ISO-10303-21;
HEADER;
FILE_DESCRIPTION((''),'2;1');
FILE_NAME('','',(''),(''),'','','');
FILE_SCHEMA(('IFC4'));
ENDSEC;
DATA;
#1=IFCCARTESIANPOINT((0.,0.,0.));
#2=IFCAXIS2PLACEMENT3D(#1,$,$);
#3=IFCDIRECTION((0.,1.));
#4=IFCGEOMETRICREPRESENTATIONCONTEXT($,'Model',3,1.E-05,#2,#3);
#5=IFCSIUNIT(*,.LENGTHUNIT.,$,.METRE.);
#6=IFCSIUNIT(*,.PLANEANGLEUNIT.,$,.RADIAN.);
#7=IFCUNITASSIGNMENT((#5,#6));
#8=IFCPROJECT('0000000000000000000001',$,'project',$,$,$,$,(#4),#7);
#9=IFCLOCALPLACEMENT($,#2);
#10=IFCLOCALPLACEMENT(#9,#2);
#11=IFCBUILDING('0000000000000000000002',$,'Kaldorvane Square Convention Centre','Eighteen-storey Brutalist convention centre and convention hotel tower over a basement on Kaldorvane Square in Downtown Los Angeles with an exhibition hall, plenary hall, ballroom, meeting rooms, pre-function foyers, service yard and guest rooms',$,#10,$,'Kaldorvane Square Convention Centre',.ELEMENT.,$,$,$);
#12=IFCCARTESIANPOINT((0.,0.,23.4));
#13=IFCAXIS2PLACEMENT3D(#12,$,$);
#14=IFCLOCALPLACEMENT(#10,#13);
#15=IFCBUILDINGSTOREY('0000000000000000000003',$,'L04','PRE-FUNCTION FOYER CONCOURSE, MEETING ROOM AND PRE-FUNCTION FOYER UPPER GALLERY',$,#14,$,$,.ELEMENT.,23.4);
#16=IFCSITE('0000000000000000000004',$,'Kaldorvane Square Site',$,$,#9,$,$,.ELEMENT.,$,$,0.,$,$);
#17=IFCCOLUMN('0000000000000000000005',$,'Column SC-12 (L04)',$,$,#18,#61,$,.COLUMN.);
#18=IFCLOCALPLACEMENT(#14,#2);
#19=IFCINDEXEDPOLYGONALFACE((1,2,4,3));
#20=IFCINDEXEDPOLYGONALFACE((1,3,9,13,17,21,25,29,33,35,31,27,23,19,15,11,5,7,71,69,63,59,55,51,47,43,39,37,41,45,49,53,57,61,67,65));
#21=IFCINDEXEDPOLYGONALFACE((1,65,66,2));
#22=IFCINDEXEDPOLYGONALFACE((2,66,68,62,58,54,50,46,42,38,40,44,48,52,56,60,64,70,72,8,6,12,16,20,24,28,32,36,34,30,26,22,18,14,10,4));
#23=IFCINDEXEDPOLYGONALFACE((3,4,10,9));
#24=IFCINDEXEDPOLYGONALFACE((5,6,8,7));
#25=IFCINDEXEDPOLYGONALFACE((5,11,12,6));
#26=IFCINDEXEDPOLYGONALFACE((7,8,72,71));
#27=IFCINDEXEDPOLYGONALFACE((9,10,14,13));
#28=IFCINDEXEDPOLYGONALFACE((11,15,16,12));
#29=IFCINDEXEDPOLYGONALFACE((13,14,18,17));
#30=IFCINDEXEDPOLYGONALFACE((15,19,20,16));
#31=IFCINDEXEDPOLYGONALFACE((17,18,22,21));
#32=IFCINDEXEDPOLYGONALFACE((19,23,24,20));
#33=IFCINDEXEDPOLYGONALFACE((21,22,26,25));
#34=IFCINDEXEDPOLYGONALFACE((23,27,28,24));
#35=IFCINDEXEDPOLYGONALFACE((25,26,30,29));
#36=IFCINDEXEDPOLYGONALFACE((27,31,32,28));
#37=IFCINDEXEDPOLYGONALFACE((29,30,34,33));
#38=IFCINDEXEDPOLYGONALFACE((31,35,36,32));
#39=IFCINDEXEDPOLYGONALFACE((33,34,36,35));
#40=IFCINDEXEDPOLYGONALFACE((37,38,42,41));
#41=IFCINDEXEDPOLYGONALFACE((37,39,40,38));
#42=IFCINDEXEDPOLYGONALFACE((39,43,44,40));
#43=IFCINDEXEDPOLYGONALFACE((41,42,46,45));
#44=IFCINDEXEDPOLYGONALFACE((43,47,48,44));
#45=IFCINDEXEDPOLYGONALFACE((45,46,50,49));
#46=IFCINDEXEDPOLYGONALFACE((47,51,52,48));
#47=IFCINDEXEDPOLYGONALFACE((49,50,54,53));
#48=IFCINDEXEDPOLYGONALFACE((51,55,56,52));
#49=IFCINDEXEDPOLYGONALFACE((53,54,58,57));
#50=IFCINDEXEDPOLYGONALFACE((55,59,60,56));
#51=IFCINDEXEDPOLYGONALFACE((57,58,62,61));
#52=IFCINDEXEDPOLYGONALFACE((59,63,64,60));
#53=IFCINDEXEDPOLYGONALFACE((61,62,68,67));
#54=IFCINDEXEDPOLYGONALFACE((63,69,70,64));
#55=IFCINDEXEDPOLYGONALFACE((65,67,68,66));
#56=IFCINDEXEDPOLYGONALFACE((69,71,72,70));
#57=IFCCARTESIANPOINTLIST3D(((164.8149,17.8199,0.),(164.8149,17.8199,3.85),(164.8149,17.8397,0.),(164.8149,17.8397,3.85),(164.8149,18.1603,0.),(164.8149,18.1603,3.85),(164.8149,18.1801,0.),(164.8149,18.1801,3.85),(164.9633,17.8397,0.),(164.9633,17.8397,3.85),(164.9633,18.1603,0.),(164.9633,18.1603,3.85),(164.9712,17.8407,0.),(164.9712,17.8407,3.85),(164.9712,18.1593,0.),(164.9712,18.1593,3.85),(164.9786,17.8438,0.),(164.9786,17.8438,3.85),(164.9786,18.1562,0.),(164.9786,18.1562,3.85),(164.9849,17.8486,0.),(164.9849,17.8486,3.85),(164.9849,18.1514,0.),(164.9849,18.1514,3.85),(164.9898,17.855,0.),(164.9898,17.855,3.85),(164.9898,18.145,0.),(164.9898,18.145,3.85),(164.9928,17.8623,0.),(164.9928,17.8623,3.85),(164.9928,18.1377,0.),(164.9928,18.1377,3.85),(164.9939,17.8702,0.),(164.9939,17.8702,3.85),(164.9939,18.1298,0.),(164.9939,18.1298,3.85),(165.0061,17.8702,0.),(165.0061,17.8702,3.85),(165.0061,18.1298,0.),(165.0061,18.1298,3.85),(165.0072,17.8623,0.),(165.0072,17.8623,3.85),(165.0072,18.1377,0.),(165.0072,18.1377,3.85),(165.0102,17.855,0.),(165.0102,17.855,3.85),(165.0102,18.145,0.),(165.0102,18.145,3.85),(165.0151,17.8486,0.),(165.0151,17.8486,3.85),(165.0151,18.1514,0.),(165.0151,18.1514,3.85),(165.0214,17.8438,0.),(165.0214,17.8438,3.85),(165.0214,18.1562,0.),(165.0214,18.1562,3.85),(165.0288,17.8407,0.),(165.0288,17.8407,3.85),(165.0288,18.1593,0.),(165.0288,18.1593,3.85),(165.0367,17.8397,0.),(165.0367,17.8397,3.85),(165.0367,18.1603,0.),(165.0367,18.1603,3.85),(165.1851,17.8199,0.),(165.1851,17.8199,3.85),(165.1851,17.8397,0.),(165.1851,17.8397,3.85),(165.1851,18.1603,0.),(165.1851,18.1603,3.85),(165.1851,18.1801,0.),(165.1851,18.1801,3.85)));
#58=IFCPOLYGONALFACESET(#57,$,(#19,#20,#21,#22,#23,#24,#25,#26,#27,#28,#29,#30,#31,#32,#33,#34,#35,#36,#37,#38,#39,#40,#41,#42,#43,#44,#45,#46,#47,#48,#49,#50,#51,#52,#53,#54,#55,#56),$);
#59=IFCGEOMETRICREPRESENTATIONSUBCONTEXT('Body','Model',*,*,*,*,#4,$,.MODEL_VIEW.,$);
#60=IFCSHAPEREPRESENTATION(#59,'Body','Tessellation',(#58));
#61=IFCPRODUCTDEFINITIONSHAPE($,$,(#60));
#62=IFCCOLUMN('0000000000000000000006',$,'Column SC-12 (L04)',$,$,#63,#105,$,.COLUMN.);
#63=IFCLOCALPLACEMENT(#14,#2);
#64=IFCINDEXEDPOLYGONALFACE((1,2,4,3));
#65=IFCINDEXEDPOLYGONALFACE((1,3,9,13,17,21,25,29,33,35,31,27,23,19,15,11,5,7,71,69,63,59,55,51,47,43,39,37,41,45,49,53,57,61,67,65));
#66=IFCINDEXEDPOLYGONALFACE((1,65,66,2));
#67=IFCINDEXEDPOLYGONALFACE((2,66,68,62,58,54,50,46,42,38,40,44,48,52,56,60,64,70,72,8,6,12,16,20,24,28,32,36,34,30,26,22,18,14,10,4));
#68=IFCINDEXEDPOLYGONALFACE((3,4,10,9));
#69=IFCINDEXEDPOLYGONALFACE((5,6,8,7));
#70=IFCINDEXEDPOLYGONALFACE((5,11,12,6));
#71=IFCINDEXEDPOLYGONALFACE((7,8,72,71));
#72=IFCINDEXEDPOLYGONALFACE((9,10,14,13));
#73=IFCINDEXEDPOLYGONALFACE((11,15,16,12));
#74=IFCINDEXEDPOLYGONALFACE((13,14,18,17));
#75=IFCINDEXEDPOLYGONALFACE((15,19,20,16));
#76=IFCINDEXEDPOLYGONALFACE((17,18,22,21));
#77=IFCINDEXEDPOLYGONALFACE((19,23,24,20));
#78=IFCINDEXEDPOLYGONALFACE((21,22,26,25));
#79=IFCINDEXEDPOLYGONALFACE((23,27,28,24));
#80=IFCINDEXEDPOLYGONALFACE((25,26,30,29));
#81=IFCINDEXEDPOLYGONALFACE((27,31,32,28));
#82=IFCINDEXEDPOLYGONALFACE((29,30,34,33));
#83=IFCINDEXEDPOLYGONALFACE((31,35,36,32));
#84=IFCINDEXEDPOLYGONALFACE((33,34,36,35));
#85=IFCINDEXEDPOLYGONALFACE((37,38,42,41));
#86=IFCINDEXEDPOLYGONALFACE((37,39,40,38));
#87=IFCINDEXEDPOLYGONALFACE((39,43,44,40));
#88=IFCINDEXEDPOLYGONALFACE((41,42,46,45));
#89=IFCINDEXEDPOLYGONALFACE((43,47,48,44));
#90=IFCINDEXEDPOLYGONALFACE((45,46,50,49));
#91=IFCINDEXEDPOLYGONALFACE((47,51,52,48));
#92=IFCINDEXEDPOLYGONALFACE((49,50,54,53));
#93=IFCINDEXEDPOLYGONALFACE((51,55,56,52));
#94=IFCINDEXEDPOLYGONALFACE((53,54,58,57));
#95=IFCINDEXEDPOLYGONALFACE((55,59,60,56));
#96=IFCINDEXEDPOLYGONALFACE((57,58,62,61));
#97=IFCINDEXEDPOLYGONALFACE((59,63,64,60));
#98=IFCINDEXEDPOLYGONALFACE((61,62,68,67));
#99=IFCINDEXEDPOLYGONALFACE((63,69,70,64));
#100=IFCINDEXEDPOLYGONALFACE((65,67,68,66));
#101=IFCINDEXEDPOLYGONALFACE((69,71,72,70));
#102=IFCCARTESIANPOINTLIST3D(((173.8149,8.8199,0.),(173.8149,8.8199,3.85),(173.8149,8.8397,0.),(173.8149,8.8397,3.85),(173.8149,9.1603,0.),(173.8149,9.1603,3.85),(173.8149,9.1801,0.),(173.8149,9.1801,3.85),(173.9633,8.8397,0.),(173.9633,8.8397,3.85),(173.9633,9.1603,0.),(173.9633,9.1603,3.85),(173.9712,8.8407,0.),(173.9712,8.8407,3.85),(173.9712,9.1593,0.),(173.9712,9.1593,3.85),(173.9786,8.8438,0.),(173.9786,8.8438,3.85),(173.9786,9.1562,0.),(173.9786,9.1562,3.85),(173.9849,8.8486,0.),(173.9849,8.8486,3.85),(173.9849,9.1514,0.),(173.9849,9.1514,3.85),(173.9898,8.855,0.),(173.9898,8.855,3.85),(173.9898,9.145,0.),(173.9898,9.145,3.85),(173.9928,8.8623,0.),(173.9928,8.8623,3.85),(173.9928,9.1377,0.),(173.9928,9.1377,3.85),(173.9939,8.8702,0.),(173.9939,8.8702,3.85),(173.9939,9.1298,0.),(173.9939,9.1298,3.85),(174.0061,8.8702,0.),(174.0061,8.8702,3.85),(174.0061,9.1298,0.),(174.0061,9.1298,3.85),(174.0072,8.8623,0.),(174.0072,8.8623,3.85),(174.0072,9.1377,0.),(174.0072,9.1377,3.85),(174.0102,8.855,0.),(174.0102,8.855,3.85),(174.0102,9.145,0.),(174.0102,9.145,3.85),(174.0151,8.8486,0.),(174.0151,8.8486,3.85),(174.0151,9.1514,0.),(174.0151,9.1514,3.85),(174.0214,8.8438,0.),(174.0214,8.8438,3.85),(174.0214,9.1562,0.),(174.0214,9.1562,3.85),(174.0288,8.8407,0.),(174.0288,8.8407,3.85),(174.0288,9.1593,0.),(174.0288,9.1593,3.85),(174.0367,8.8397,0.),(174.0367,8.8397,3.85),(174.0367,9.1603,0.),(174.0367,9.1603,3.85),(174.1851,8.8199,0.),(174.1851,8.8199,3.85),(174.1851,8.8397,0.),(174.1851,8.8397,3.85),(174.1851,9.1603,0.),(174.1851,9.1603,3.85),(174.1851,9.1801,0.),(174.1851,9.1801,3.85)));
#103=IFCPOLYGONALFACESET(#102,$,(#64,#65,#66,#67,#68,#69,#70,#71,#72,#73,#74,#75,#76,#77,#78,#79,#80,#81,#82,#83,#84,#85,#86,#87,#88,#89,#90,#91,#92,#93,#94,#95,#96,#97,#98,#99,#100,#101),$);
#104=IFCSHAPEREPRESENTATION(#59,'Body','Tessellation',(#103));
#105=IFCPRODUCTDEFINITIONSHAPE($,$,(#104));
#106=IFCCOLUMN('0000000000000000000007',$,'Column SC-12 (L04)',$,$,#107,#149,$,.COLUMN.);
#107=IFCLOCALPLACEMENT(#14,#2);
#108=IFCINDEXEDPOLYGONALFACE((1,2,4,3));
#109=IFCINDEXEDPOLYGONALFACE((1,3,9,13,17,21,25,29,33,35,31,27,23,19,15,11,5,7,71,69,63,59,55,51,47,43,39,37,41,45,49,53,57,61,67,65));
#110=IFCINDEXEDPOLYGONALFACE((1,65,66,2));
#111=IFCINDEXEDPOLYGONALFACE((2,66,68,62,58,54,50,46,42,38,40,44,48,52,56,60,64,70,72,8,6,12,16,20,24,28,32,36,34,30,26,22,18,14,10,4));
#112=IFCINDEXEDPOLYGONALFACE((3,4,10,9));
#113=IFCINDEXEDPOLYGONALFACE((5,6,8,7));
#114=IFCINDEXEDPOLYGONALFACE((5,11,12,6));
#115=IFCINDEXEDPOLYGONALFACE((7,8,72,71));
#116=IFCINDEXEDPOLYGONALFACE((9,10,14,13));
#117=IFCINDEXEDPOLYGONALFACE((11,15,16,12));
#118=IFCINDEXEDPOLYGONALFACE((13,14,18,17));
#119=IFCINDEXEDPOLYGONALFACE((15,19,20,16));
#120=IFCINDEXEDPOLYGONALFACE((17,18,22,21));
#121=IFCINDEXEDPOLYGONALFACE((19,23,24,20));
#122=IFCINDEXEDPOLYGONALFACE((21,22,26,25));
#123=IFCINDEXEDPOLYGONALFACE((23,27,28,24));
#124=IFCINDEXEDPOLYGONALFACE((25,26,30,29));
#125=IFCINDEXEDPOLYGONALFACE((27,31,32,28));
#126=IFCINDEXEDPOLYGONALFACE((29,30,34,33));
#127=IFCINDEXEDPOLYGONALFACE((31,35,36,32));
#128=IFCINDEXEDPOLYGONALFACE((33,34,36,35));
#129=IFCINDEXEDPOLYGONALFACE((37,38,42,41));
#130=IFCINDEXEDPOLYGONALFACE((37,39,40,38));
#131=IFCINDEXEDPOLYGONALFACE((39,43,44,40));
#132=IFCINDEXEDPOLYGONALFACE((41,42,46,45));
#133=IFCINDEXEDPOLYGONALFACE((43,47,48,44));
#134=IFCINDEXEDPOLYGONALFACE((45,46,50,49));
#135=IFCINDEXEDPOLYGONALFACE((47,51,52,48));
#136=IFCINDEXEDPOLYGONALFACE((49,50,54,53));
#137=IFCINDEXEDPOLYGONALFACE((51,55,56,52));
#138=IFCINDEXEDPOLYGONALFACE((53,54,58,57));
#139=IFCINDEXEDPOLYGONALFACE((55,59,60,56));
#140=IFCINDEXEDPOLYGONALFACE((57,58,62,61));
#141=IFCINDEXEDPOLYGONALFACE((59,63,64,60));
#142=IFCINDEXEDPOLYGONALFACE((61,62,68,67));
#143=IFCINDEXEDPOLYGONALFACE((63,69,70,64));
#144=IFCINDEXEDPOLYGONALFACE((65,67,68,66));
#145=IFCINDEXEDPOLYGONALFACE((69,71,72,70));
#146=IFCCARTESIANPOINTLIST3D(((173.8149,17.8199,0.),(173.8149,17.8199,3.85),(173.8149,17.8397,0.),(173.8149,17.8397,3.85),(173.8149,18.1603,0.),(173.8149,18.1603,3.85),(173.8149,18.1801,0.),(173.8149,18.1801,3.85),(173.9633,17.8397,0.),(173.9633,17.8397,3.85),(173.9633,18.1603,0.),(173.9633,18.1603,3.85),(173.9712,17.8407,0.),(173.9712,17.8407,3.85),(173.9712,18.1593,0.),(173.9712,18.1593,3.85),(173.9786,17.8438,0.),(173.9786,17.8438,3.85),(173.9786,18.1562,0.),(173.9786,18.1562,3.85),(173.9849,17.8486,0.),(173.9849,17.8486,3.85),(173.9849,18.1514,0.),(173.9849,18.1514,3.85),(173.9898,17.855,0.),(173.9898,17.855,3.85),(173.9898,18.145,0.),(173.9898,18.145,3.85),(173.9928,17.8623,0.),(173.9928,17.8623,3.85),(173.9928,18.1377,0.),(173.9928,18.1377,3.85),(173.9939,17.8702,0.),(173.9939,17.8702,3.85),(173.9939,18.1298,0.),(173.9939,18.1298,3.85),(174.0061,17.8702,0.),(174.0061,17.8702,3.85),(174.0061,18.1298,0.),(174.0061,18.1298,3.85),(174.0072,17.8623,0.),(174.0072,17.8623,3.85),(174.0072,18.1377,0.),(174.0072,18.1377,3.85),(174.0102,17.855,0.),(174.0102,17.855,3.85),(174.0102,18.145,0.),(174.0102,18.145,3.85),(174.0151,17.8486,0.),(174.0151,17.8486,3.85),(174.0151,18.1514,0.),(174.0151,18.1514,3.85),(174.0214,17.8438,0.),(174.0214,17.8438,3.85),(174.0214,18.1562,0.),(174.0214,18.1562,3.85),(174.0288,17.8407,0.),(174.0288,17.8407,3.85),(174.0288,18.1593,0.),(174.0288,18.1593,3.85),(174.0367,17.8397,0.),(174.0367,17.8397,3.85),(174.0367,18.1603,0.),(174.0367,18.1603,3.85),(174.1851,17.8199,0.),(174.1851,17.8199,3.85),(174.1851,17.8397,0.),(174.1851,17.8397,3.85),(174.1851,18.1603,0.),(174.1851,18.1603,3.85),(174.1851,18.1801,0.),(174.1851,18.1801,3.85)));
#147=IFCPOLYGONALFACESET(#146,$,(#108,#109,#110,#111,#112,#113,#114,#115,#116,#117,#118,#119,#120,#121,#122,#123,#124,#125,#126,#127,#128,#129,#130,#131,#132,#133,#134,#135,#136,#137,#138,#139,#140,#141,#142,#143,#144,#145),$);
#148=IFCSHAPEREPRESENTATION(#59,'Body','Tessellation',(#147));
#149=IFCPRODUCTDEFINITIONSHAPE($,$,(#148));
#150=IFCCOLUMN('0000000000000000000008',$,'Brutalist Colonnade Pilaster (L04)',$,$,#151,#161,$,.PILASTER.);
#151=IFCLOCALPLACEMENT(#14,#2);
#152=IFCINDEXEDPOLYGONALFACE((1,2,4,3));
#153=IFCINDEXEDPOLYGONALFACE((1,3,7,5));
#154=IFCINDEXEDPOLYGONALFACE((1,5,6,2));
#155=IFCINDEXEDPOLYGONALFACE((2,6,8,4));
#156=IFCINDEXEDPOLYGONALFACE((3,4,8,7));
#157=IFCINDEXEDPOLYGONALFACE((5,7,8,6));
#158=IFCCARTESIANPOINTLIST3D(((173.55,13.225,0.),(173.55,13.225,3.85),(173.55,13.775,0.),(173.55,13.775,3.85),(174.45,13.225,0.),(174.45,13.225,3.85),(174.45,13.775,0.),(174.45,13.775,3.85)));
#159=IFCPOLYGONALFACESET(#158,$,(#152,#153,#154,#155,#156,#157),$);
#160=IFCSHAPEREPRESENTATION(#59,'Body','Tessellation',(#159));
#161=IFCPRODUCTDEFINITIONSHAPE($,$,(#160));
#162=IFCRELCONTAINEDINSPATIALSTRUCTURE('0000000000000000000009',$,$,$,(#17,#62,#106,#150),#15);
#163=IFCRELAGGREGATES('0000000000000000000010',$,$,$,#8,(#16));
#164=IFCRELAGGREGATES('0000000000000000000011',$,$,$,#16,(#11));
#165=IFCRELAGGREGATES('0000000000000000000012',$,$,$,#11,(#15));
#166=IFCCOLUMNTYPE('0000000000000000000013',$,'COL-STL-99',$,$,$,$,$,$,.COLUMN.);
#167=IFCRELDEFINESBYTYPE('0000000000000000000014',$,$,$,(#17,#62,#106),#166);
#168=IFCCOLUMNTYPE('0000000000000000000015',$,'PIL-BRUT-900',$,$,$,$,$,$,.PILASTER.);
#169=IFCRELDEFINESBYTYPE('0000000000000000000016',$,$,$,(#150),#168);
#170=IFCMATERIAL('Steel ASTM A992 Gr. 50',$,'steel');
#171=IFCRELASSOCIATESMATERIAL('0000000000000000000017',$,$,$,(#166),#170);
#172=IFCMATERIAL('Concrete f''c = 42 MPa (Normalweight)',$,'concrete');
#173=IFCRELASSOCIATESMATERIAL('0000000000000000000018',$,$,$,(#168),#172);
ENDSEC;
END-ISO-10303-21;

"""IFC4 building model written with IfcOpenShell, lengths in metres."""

from ifc_helpers import new_model, si_unit, direction, frame, origin, origin_2d, place, context, subcontext, project, spatial, rectangle, i_section, extrude, material, material_profile, profile_set, type_object, element, save


model = new_model("IFC4")

# Units and contexts
model_context = context("Model", 3, precision=1e-05, world=origin(), true_north=direction((0.0, 1.0)))
body_context = subcontext(model_context, "Body", "Model", "MODEL_VIEW")
ifc_project = project(units=[si_unit("LENGTHUNIT", "METRE"), si_unit("PLANEANGLEUNIT", "RADIAN")], contexts=[model_context])

# Site, building, storey
site_placement = place(None, origin())
site = spatial("IfcSite", under=ifc_project, at=site_placement, Name="Kaldorvane Square Site", CompositionType="ELEMENT", RefElevation=0.0)
building_placement = place(site_placement, origin())
building = spatial("IfcBuilding", under=site, at=building_placement, Name="Kaldorvane Square Convention Centre", Description="Eighteen-storey Brutalist convention centre and convention hotel tower over a basement on Kaldorvane Square in Downtown Los Angeles with an exhibition hall, plenary hall, ballroom, meeting rooms, pre-function foyers, service yard and guest rooms", LongName="Kaldorvane Square Convention Centre", CompositionType="ELEMENT")
storey_placement = place(building_placement, frame((0.0, 0.0, 23.4)))
storey = spatial("IfcBuildingStorey", under=building, at=storey_placement, Name="L04", Description="PRE-FUNCTION FOYER CONCOURSE, MEETING ROOM AND PRE-FUNCTION FOYER UPPER GALLERY", CompositionType="ELEMENT", Elevation=23.4)

# Columns
ifc_material_1 = material(Name="Steel ASTM A992 Gr. 50", Category="steel")
ifc_material_profile_1 = material_profile(ifc_material_1, i_section(OverallWidth=0.3701, OverallDepth=0.3602, WebThickness=0.0123, FlangeThickness=0.0198, FilletRadius=0.0305, at=origin_2d()), Name="W14X99")
ifc_profile_set_1 = profile_set([ifc_material_profile_1], Name="Steel ASTM A992 Gr. 50")
column_type_1 = type_object("IfcColumnType", Name="COL-STL-99", PredefinedType="COLUMN", material=ifc_profile_set_1)
for number, where, z_axis, x_axis, name in (
    (1, (165.0, 18.0, 0.0), (0.0, 0.0, 1.0), (1.0, 0.0, 0.0), "Column SC-12 (L04)"),
    (2, (174.0, 9.0, 0.0), (0.0, 0.0, 1.0), (1.0, 0.0, 0.0), "Column SC-12 (L04)"),
    (3, (174.0, 18.0, 0.0), (0.0, 0.0, 1.0), (1.0, 0.0, 0.0), "Column SC-12 (L04)"),
):
    element("IfcColumn", number, at=place(storey_placement, frame(where, z_axis=z_axis, x_axis=x_axis)), inside=storey, type_object=column_type_1, Name=name, PredefinedType="COLUMN", context=body_context, shape_type="SweptSolid", body=[
        extrude(i_section(OverallWidth=0.3701, OverallDepth=0.3602, WebThickness=0.0123, FlangeThickness=0.0198, FilletRadius=0.0305, at=origin_2d()), origin(), (0.0, 0.0, 1.0), 3.85),
    ])
ifc_material_2 = material(Name="Concrete f'c = 42 MPa (Normalweight)", Category="concrete")
ifc_material_profile_2 = material_profile(ifc_material_2, rectangle(XDim=0.55, YDim=0.9, at=origin_2d()), Name="PIL900X550")
ifc_profile_set_2 = profile_set([ifc_material_profile_2], Name="Concrete f'c = 42 MPa (Normalweight)")
column_type_2 = type_object("IfcColumnType", Name="PIL-BRUT-900", PredefinedType="PILASTER", material=ifc_profile_set_2)
column_placement = place(storey_placement, frame((174.0, 13.5, 0.0), z_axis=(0.0, 0.0, 1.0), x_axis=(0.0, 1.0, 0.0)))
element("IfcColumn", 4, at=column_placement, inside=storey, type_object=column_type_2, Name="Brutalist Colonnade Pilaster (L04)", PredefinedType="PILASTER", context=body_context, shape_type="SweptSolid", body=[
    extrude(rectangle(XDim=0.55, YDim=0.9, at=origin_2d()), origin(), (0.0, 0.0, 1.0), 3.85),
])

save(model, "model.ifc")
